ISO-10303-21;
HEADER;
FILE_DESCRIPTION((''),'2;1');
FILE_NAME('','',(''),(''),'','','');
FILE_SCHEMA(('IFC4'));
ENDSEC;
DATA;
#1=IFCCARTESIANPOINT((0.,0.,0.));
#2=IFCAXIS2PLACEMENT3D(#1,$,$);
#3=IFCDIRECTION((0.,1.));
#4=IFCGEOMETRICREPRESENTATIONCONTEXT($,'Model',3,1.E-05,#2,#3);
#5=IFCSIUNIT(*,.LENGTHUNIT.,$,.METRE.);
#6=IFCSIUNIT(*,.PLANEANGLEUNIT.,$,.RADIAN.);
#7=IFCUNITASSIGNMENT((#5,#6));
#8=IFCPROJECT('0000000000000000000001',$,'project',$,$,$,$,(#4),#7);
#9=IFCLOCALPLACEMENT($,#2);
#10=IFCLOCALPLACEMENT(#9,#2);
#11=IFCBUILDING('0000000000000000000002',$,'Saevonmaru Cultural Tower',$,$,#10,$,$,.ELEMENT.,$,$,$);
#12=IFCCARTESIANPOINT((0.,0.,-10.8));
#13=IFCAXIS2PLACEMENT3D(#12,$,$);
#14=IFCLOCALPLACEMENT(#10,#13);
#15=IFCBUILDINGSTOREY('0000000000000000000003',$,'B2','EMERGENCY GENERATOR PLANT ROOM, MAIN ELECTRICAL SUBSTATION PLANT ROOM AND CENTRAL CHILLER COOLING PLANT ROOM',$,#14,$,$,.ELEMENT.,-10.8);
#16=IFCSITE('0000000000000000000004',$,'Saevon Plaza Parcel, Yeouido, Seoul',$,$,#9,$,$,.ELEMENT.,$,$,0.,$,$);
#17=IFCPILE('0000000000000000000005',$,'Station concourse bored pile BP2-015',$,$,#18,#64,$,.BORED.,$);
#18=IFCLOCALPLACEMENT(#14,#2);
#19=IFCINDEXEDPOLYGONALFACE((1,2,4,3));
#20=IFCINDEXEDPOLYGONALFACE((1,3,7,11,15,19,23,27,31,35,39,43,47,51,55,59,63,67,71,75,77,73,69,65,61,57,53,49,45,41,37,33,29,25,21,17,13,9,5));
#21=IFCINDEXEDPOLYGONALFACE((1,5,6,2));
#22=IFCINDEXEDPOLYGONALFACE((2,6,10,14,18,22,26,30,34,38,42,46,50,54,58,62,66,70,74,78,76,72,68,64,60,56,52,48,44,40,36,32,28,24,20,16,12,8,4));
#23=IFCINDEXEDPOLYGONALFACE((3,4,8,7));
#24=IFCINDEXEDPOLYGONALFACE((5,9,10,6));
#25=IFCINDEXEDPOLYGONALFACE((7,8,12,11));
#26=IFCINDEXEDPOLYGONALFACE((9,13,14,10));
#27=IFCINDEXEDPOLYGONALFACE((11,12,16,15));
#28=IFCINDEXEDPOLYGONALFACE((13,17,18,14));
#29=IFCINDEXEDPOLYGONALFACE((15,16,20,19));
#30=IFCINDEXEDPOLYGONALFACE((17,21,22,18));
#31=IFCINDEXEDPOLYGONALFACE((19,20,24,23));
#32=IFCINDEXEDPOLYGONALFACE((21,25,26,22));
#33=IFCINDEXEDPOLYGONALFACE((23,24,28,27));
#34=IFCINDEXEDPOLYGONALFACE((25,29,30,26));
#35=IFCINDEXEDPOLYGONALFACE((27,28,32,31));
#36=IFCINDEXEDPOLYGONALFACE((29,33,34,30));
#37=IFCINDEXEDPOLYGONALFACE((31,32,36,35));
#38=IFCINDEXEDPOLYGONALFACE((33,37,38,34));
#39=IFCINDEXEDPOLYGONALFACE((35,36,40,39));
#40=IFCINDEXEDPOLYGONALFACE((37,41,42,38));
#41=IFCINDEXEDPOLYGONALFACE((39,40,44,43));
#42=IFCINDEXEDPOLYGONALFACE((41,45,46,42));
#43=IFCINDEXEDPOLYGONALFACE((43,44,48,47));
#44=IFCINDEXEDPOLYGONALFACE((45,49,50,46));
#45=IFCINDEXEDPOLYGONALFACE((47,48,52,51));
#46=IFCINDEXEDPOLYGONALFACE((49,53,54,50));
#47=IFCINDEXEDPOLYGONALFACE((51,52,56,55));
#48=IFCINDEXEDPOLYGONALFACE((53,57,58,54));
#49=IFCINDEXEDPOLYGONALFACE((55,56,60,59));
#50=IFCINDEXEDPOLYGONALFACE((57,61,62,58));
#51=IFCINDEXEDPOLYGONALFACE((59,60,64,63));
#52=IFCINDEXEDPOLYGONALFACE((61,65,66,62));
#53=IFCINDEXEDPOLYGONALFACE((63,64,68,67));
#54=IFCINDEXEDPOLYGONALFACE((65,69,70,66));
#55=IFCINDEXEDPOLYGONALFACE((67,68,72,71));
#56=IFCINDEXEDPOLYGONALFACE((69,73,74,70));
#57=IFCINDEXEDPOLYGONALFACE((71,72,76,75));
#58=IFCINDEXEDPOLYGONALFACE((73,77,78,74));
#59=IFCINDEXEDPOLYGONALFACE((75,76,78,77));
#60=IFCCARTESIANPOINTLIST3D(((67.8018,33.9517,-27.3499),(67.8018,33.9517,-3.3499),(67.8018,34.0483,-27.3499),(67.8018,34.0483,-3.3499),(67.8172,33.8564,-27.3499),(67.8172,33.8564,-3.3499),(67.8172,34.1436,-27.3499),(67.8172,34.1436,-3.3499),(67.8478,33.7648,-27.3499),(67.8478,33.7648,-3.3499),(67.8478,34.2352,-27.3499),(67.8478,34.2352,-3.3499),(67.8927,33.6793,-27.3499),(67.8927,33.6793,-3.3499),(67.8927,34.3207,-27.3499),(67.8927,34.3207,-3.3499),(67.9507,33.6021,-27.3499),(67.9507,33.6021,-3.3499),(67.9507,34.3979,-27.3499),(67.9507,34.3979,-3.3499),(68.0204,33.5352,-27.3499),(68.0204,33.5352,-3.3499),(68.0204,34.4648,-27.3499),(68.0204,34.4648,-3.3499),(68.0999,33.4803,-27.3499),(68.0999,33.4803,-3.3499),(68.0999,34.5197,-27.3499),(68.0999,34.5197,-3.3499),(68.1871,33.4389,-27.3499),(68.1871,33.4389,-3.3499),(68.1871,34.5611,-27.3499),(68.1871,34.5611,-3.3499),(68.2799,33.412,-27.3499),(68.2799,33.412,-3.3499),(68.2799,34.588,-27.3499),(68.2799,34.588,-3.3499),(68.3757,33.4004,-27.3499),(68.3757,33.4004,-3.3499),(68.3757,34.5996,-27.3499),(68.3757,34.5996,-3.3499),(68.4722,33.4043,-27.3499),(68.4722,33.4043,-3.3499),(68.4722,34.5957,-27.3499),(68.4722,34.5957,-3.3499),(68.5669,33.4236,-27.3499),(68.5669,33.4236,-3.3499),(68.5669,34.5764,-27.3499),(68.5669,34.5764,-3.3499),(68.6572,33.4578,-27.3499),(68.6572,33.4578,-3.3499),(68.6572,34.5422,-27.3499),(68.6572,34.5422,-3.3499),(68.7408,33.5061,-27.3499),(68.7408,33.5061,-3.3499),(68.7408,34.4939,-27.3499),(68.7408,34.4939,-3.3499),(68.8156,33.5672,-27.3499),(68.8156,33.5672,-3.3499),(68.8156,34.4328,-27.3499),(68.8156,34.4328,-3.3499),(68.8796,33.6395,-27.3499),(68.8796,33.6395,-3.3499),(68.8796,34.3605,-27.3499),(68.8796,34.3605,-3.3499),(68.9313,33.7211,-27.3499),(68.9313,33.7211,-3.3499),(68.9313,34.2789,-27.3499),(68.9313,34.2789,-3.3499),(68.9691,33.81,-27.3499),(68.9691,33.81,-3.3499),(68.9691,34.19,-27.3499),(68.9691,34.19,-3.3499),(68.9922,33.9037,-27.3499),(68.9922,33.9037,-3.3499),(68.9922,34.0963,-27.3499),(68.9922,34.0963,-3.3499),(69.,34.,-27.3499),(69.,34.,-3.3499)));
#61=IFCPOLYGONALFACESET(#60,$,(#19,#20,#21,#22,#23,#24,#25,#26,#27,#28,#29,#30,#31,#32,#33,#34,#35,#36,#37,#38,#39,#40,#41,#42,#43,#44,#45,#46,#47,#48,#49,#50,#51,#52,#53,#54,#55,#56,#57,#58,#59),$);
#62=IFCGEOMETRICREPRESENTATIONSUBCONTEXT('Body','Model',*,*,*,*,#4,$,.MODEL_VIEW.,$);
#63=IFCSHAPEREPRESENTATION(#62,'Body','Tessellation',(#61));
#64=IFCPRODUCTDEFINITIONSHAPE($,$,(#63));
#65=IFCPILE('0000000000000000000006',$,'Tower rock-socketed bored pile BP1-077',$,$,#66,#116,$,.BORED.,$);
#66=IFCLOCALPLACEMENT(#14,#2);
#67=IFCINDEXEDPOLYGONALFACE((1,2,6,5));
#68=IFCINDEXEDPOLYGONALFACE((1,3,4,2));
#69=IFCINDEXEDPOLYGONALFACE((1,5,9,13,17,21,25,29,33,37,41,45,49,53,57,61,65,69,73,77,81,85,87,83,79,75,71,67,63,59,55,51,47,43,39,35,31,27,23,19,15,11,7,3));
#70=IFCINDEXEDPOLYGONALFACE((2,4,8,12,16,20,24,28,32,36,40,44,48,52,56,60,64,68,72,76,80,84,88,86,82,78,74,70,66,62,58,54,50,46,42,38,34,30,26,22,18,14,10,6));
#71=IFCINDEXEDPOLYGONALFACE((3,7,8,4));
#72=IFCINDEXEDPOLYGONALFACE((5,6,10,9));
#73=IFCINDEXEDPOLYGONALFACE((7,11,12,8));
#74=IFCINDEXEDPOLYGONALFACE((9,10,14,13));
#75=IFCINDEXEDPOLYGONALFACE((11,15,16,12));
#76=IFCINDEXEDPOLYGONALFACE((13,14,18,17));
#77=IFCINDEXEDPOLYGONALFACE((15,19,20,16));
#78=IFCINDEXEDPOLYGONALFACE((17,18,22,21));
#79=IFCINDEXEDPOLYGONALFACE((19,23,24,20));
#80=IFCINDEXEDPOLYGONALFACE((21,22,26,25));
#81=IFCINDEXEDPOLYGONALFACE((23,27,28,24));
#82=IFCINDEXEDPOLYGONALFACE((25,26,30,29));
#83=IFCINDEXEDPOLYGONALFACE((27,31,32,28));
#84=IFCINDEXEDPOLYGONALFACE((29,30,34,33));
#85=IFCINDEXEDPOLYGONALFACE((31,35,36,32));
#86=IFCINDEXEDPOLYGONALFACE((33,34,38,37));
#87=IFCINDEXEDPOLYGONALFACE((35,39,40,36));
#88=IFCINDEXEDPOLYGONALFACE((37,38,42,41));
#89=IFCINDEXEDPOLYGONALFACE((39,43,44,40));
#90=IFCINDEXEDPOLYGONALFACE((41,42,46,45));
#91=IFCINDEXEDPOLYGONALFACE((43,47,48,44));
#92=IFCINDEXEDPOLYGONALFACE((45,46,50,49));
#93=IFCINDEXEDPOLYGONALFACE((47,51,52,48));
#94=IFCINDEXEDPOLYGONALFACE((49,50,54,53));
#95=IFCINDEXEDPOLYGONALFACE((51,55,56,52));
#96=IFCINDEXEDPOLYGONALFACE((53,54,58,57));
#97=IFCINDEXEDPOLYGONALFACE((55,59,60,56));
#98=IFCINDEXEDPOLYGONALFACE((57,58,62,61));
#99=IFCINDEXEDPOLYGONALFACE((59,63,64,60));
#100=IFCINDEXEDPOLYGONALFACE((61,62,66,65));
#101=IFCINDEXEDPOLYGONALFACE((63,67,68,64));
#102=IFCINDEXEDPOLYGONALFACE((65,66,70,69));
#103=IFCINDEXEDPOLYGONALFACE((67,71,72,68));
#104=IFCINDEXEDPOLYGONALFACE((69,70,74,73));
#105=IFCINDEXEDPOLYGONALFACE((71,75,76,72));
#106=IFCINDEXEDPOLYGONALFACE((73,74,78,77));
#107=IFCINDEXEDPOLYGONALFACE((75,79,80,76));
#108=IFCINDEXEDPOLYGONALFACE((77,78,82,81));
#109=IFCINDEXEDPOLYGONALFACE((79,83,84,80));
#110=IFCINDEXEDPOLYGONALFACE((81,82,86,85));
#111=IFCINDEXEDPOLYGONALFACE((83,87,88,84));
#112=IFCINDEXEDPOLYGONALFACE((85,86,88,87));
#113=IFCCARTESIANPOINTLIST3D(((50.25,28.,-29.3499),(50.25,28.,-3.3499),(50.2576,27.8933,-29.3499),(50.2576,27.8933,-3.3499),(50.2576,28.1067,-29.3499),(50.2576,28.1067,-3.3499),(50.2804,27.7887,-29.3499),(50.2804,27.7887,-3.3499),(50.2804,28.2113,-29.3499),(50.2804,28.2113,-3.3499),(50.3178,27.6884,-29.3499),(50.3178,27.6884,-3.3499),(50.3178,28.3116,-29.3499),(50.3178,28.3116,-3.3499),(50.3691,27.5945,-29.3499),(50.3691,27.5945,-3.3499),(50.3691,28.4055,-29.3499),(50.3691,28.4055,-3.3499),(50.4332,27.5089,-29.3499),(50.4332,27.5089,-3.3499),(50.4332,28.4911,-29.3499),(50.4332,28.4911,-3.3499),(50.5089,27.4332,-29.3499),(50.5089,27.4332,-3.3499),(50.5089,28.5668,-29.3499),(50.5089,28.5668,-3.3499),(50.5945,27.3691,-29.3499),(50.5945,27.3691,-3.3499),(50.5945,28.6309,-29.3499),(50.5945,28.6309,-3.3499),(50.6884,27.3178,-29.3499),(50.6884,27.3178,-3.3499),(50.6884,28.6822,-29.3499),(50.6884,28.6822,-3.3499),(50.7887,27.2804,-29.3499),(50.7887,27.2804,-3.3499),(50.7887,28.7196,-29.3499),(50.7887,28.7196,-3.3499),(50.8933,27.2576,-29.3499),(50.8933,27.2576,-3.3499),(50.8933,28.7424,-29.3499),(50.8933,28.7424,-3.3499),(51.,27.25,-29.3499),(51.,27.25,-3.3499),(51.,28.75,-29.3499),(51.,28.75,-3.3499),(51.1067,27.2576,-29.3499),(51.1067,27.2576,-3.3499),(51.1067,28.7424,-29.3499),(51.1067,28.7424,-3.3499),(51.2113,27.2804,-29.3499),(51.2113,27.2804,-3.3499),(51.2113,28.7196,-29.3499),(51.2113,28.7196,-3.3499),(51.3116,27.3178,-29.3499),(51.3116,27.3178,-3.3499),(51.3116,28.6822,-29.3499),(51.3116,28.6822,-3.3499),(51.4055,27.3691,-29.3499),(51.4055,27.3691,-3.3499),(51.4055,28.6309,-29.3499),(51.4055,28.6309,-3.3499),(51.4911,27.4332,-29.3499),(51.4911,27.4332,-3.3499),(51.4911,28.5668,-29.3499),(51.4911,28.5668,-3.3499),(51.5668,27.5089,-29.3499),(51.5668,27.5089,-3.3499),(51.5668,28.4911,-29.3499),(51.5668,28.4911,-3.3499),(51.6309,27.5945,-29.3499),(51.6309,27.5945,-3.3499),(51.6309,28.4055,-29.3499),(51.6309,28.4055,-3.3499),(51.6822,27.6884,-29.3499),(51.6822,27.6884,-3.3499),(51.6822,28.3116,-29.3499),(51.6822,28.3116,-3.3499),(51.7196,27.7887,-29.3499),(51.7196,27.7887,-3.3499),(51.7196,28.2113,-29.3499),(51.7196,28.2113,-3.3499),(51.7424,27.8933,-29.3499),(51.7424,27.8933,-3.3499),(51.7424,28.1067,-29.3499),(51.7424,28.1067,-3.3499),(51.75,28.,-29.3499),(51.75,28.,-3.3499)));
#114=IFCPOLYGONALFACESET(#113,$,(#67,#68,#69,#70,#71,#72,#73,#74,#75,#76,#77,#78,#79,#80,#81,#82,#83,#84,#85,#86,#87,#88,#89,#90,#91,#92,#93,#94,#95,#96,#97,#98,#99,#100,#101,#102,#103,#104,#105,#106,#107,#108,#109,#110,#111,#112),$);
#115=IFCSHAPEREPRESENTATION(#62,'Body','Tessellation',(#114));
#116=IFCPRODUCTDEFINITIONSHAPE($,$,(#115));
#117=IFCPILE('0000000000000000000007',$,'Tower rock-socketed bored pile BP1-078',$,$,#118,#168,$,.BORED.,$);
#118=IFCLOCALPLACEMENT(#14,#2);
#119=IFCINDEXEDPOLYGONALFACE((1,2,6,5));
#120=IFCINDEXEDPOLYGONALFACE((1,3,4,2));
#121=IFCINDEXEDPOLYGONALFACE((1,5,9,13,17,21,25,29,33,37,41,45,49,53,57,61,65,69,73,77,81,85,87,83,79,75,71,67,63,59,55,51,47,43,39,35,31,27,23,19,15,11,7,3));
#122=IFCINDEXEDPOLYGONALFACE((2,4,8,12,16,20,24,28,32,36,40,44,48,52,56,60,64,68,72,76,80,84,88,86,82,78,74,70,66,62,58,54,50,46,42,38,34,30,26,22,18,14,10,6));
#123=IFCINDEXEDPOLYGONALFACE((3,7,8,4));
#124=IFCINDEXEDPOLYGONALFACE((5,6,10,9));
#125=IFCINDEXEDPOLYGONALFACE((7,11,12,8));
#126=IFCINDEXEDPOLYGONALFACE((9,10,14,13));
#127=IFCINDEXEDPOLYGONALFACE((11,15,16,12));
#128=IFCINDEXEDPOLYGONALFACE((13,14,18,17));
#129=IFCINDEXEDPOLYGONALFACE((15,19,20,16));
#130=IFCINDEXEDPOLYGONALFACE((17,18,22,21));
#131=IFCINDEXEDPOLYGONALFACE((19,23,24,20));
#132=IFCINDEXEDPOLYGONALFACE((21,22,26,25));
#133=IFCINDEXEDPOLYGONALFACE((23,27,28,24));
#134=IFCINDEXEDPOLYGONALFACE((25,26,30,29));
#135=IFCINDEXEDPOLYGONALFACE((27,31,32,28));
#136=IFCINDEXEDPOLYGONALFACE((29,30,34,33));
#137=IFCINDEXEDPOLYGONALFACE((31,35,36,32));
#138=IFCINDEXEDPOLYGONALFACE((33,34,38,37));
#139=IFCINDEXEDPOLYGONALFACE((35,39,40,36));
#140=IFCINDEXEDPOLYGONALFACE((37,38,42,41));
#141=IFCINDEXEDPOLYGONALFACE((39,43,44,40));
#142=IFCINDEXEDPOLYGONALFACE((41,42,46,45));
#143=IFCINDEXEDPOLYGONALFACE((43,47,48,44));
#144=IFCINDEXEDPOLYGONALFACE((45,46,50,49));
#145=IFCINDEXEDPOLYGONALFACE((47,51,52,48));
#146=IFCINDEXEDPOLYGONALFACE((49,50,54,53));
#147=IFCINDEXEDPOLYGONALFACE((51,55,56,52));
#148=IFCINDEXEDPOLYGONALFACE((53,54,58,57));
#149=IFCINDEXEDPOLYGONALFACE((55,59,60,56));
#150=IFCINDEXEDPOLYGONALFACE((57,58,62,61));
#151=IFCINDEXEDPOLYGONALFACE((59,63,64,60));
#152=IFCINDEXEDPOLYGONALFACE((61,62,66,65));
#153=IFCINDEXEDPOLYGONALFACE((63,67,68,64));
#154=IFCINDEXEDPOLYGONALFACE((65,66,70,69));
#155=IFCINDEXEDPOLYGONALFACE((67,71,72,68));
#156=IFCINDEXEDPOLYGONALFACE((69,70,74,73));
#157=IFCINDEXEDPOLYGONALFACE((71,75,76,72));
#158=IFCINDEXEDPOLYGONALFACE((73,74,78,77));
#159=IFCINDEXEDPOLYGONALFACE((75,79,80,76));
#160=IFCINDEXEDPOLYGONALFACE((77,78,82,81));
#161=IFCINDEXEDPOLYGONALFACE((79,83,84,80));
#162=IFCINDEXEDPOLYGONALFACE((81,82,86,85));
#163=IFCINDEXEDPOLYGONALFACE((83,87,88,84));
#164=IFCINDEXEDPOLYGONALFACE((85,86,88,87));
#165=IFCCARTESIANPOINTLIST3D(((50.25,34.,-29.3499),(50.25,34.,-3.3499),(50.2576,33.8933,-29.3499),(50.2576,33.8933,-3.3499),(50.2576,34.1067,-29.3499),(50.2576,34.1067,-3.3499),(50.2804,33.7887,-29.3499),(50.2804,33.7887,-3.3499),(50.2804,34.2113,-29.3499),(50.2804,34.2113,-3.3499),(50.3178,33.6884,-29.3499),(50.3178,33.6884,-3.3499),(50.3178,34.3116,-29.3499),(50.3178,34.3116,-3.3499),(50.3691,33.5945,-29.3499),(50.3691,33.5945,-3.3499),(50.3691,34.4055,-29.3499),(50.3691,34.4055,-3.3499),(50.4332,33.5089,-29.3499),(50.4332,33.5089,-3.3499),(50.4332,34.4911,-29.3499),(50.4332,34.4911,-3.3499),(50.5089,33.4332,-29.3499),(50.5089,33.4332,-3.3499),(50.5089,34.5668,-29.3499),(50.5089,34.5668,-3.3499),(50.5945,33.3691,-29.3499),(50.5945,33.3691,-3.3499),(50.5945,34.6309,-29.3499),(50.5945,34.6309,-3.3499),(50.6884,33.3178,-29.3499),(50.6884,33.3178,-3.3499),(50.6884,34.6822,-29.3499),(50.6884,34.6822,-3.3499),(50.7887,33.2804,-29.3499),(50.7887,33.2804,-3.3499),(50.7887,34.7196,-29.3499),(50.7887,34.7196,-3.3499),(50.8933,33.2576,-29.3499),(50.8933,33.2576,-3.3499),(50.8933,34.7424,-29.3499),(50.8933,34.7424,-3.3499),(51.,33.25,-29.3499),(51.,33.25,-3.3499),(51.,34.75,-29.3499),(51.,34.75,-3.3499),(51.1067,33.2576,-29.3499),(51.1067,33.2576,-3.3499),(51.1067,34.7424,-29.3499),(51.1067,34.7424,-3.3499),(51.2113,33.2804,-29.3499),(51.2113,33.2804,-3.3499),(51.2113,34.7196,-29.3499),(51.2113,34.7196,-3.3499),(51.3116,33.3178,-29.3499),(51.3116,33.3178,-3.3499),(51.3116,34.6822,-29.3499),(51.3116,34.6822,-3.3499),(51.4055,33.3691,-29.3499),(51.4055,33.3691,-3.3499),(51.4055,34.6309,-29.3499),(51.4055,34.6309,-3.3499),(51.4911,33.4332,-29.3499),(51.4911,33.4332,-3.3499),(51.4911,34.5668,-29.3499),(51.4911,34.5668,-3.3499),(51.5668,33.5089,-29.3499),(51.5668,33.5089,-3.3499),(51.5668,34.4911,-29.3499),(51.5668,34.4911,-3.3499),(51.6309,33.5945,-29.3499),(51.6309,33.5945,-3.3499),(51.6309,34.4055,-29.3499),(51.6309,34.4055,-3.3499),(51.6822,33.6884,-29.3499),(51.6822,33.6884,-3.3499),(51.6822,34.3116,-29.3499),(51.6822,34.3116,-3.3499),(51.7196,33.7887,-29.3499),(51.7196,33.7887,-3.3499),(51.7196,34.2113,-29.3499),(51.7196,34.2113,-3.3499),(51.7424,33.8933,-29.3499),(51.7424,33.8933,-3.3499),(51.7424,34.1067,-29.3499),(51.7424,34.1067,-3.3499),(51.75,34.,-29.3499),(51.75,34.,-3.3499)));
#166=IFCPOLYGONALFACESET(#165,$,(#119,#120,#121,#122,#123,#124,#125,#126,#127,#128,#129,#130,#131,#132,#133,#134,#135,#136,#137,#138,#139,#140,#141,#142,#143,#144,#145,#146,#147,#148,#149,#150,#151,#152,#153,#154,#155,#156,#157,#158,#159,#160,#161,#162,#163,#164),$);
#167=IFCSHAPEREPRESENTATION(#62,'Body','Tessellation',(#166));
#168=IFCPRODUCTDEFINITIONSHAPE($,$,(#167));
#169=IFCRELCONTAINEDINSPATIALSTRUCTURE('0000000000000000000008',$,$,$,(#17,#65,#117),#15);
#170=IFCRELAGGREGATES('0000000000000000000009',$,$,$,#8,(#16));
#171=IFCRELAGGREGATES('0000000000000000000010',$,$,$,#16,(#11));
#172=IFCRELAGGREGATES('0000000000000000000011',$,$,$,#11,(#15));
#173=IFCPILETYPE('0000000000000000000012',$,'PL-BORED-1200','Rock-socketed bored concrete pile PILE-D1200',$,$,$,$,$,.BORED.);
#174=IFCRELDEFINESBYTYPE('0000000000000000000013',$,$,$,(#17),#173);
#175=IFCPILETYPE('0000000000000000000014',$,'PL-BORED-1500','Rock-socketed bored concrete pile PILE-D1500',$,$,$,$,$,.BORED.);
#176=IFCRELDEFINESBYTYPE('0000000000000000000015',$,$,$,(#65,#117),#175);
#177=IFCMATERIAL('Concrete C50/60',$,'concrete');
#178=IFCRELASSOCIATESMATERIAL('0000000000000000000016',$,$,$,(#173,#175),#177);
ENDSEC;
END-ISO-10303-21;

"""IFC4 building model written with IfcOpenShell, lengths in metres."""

from ifc_helpers import new_model, si_unit, direction, frame, origin, origin_2d, place, context, subcontext, project, spatial, circle, extrude, material, material_profile, profile_set, type_object, element, save


model = new_model("IFC4")

# Units and contexts
model_context = context("Model", 3, precision=1e-05, world=origin(), true_north=direction((0.0, 1.0)))
body_context = subcontext(model_context, "Body", "Model", "MODEL_VIEW")
ifc_project = project(units=[si_unit("LENGTHUNIT", "METRE"), si_unit("PLANEANGLEUNIT", "RADIAN")], contexts=[model_context])

# Site, building, storey
site_placement = place(None, origin())
site = spatial("IfcSite", under=ifc_project, at=site_placement, Name="Saevon Plaza Parcel, Yeouido, Seoul", CompositionType="ELEMENT", RefElevation=0.0)
building_placement = place(site_placement, origin())
building = spatial("IfcBuilding", under=site, at=building_placement, Name="Saevonmaru Cultural Tower", CompositionType="ELEMENT")
storey_placement = place(building_placement, frame((0.0, 0.0, -10.8)))
storey = spatial("IfcBuildingStorey", under=building, at=storey_placement, Name="B2", Description="EMERGENCY GENERATOR PLANT ROOM, MAIN ELECTRICAL SUBSTATION PLANT ROOM AND CENTRAL CHILLER COOLING PLANT ROOM", CompositionType="ELEMENT", Elevation=-10.8)

# Piles
ifc_material_1 = material(Name="Concrete C50/60", Category="concrete")
ifc_material_profile_1 = material_profile(ifc_material_1, circle(Radius=0.6001, at=origin_2d()), Name="PILE-D1200")
ifc_profile_set_1 = profile_set([ifc_material_profile_1], Name="Concrete C50/60")
pile_type_1 = type_object("IfcPileType", Name="PL-BORED-1200", Description="Rock-socketed bored concrete pile PILE-D1200", PredefinedType="BORED", material=ifc_profile_set_1)
for number, where, z_axis, x_axis, name in (
    (1, (68.3999, 34.0, -3.3499), (0.0, 0.0, -1.0), (1.0, 0.0, 0.0), "Station concourse bored pile BP2-015"),
):
    element("IfcPile", number, at=place(storey_placement, frame(where, z_axis=z_axis, x_axis=x_axis)), inside=storey, type_object=pile_type_1, Name=name, PredefinedType="BORED", context=body_context, shape_type="SweptSolid", body=[
        extrude(circle(Radius=0.6001, at=origin_2d()), origin(), (0.0, 0.0, 1.0), 24.0),
    ])
ifc_material_profile_2 = material_profile(ifc_material_1, circle(Radius=0.75, at=origin_2d()), Name="PILE-D1500")
ifc_profile_set_2 = profile_set([ifc_material_profile_2], Name="Concrete C50/60")
pile_type_2 = type_object("IfcPileType", Name="PL-BORED-1500", Description="Rock-socketed bored concrete pile PILE-D1500", PredefinedType="BORED", material=ifc_profile_set_2)
for number, where, z_axis, x_axis, name in (
    (2, (51.0, 28.0, -3.3499), (0.0, 0.0, -1.0), (1.0, 0.0, 0.0), "Tower rock-socketed bored pile BP1-077"),
    (3, (51.0, 34.0, -3.3499), (0.0, 0.0, -1.0), (1.0, 0.0, 0.0), "Tower rock-socketed bored pile BP1-078"),
):
    element("IfcPile", number, at=place(storey_placement, frame(where, z_axis=z_axis, x_axis=x_axis)), inside=storey, type_object=pile_type_2, Name=name, PredefinedType="BORED", context=body_context, shape_type="SweptSolid", body=[
        extrude(circle(Radius=0.75, at=origin_2d()), origin(), (0.0, 0.0, 1.0), 26.0),
    ])

save(model, "model.ifc")
